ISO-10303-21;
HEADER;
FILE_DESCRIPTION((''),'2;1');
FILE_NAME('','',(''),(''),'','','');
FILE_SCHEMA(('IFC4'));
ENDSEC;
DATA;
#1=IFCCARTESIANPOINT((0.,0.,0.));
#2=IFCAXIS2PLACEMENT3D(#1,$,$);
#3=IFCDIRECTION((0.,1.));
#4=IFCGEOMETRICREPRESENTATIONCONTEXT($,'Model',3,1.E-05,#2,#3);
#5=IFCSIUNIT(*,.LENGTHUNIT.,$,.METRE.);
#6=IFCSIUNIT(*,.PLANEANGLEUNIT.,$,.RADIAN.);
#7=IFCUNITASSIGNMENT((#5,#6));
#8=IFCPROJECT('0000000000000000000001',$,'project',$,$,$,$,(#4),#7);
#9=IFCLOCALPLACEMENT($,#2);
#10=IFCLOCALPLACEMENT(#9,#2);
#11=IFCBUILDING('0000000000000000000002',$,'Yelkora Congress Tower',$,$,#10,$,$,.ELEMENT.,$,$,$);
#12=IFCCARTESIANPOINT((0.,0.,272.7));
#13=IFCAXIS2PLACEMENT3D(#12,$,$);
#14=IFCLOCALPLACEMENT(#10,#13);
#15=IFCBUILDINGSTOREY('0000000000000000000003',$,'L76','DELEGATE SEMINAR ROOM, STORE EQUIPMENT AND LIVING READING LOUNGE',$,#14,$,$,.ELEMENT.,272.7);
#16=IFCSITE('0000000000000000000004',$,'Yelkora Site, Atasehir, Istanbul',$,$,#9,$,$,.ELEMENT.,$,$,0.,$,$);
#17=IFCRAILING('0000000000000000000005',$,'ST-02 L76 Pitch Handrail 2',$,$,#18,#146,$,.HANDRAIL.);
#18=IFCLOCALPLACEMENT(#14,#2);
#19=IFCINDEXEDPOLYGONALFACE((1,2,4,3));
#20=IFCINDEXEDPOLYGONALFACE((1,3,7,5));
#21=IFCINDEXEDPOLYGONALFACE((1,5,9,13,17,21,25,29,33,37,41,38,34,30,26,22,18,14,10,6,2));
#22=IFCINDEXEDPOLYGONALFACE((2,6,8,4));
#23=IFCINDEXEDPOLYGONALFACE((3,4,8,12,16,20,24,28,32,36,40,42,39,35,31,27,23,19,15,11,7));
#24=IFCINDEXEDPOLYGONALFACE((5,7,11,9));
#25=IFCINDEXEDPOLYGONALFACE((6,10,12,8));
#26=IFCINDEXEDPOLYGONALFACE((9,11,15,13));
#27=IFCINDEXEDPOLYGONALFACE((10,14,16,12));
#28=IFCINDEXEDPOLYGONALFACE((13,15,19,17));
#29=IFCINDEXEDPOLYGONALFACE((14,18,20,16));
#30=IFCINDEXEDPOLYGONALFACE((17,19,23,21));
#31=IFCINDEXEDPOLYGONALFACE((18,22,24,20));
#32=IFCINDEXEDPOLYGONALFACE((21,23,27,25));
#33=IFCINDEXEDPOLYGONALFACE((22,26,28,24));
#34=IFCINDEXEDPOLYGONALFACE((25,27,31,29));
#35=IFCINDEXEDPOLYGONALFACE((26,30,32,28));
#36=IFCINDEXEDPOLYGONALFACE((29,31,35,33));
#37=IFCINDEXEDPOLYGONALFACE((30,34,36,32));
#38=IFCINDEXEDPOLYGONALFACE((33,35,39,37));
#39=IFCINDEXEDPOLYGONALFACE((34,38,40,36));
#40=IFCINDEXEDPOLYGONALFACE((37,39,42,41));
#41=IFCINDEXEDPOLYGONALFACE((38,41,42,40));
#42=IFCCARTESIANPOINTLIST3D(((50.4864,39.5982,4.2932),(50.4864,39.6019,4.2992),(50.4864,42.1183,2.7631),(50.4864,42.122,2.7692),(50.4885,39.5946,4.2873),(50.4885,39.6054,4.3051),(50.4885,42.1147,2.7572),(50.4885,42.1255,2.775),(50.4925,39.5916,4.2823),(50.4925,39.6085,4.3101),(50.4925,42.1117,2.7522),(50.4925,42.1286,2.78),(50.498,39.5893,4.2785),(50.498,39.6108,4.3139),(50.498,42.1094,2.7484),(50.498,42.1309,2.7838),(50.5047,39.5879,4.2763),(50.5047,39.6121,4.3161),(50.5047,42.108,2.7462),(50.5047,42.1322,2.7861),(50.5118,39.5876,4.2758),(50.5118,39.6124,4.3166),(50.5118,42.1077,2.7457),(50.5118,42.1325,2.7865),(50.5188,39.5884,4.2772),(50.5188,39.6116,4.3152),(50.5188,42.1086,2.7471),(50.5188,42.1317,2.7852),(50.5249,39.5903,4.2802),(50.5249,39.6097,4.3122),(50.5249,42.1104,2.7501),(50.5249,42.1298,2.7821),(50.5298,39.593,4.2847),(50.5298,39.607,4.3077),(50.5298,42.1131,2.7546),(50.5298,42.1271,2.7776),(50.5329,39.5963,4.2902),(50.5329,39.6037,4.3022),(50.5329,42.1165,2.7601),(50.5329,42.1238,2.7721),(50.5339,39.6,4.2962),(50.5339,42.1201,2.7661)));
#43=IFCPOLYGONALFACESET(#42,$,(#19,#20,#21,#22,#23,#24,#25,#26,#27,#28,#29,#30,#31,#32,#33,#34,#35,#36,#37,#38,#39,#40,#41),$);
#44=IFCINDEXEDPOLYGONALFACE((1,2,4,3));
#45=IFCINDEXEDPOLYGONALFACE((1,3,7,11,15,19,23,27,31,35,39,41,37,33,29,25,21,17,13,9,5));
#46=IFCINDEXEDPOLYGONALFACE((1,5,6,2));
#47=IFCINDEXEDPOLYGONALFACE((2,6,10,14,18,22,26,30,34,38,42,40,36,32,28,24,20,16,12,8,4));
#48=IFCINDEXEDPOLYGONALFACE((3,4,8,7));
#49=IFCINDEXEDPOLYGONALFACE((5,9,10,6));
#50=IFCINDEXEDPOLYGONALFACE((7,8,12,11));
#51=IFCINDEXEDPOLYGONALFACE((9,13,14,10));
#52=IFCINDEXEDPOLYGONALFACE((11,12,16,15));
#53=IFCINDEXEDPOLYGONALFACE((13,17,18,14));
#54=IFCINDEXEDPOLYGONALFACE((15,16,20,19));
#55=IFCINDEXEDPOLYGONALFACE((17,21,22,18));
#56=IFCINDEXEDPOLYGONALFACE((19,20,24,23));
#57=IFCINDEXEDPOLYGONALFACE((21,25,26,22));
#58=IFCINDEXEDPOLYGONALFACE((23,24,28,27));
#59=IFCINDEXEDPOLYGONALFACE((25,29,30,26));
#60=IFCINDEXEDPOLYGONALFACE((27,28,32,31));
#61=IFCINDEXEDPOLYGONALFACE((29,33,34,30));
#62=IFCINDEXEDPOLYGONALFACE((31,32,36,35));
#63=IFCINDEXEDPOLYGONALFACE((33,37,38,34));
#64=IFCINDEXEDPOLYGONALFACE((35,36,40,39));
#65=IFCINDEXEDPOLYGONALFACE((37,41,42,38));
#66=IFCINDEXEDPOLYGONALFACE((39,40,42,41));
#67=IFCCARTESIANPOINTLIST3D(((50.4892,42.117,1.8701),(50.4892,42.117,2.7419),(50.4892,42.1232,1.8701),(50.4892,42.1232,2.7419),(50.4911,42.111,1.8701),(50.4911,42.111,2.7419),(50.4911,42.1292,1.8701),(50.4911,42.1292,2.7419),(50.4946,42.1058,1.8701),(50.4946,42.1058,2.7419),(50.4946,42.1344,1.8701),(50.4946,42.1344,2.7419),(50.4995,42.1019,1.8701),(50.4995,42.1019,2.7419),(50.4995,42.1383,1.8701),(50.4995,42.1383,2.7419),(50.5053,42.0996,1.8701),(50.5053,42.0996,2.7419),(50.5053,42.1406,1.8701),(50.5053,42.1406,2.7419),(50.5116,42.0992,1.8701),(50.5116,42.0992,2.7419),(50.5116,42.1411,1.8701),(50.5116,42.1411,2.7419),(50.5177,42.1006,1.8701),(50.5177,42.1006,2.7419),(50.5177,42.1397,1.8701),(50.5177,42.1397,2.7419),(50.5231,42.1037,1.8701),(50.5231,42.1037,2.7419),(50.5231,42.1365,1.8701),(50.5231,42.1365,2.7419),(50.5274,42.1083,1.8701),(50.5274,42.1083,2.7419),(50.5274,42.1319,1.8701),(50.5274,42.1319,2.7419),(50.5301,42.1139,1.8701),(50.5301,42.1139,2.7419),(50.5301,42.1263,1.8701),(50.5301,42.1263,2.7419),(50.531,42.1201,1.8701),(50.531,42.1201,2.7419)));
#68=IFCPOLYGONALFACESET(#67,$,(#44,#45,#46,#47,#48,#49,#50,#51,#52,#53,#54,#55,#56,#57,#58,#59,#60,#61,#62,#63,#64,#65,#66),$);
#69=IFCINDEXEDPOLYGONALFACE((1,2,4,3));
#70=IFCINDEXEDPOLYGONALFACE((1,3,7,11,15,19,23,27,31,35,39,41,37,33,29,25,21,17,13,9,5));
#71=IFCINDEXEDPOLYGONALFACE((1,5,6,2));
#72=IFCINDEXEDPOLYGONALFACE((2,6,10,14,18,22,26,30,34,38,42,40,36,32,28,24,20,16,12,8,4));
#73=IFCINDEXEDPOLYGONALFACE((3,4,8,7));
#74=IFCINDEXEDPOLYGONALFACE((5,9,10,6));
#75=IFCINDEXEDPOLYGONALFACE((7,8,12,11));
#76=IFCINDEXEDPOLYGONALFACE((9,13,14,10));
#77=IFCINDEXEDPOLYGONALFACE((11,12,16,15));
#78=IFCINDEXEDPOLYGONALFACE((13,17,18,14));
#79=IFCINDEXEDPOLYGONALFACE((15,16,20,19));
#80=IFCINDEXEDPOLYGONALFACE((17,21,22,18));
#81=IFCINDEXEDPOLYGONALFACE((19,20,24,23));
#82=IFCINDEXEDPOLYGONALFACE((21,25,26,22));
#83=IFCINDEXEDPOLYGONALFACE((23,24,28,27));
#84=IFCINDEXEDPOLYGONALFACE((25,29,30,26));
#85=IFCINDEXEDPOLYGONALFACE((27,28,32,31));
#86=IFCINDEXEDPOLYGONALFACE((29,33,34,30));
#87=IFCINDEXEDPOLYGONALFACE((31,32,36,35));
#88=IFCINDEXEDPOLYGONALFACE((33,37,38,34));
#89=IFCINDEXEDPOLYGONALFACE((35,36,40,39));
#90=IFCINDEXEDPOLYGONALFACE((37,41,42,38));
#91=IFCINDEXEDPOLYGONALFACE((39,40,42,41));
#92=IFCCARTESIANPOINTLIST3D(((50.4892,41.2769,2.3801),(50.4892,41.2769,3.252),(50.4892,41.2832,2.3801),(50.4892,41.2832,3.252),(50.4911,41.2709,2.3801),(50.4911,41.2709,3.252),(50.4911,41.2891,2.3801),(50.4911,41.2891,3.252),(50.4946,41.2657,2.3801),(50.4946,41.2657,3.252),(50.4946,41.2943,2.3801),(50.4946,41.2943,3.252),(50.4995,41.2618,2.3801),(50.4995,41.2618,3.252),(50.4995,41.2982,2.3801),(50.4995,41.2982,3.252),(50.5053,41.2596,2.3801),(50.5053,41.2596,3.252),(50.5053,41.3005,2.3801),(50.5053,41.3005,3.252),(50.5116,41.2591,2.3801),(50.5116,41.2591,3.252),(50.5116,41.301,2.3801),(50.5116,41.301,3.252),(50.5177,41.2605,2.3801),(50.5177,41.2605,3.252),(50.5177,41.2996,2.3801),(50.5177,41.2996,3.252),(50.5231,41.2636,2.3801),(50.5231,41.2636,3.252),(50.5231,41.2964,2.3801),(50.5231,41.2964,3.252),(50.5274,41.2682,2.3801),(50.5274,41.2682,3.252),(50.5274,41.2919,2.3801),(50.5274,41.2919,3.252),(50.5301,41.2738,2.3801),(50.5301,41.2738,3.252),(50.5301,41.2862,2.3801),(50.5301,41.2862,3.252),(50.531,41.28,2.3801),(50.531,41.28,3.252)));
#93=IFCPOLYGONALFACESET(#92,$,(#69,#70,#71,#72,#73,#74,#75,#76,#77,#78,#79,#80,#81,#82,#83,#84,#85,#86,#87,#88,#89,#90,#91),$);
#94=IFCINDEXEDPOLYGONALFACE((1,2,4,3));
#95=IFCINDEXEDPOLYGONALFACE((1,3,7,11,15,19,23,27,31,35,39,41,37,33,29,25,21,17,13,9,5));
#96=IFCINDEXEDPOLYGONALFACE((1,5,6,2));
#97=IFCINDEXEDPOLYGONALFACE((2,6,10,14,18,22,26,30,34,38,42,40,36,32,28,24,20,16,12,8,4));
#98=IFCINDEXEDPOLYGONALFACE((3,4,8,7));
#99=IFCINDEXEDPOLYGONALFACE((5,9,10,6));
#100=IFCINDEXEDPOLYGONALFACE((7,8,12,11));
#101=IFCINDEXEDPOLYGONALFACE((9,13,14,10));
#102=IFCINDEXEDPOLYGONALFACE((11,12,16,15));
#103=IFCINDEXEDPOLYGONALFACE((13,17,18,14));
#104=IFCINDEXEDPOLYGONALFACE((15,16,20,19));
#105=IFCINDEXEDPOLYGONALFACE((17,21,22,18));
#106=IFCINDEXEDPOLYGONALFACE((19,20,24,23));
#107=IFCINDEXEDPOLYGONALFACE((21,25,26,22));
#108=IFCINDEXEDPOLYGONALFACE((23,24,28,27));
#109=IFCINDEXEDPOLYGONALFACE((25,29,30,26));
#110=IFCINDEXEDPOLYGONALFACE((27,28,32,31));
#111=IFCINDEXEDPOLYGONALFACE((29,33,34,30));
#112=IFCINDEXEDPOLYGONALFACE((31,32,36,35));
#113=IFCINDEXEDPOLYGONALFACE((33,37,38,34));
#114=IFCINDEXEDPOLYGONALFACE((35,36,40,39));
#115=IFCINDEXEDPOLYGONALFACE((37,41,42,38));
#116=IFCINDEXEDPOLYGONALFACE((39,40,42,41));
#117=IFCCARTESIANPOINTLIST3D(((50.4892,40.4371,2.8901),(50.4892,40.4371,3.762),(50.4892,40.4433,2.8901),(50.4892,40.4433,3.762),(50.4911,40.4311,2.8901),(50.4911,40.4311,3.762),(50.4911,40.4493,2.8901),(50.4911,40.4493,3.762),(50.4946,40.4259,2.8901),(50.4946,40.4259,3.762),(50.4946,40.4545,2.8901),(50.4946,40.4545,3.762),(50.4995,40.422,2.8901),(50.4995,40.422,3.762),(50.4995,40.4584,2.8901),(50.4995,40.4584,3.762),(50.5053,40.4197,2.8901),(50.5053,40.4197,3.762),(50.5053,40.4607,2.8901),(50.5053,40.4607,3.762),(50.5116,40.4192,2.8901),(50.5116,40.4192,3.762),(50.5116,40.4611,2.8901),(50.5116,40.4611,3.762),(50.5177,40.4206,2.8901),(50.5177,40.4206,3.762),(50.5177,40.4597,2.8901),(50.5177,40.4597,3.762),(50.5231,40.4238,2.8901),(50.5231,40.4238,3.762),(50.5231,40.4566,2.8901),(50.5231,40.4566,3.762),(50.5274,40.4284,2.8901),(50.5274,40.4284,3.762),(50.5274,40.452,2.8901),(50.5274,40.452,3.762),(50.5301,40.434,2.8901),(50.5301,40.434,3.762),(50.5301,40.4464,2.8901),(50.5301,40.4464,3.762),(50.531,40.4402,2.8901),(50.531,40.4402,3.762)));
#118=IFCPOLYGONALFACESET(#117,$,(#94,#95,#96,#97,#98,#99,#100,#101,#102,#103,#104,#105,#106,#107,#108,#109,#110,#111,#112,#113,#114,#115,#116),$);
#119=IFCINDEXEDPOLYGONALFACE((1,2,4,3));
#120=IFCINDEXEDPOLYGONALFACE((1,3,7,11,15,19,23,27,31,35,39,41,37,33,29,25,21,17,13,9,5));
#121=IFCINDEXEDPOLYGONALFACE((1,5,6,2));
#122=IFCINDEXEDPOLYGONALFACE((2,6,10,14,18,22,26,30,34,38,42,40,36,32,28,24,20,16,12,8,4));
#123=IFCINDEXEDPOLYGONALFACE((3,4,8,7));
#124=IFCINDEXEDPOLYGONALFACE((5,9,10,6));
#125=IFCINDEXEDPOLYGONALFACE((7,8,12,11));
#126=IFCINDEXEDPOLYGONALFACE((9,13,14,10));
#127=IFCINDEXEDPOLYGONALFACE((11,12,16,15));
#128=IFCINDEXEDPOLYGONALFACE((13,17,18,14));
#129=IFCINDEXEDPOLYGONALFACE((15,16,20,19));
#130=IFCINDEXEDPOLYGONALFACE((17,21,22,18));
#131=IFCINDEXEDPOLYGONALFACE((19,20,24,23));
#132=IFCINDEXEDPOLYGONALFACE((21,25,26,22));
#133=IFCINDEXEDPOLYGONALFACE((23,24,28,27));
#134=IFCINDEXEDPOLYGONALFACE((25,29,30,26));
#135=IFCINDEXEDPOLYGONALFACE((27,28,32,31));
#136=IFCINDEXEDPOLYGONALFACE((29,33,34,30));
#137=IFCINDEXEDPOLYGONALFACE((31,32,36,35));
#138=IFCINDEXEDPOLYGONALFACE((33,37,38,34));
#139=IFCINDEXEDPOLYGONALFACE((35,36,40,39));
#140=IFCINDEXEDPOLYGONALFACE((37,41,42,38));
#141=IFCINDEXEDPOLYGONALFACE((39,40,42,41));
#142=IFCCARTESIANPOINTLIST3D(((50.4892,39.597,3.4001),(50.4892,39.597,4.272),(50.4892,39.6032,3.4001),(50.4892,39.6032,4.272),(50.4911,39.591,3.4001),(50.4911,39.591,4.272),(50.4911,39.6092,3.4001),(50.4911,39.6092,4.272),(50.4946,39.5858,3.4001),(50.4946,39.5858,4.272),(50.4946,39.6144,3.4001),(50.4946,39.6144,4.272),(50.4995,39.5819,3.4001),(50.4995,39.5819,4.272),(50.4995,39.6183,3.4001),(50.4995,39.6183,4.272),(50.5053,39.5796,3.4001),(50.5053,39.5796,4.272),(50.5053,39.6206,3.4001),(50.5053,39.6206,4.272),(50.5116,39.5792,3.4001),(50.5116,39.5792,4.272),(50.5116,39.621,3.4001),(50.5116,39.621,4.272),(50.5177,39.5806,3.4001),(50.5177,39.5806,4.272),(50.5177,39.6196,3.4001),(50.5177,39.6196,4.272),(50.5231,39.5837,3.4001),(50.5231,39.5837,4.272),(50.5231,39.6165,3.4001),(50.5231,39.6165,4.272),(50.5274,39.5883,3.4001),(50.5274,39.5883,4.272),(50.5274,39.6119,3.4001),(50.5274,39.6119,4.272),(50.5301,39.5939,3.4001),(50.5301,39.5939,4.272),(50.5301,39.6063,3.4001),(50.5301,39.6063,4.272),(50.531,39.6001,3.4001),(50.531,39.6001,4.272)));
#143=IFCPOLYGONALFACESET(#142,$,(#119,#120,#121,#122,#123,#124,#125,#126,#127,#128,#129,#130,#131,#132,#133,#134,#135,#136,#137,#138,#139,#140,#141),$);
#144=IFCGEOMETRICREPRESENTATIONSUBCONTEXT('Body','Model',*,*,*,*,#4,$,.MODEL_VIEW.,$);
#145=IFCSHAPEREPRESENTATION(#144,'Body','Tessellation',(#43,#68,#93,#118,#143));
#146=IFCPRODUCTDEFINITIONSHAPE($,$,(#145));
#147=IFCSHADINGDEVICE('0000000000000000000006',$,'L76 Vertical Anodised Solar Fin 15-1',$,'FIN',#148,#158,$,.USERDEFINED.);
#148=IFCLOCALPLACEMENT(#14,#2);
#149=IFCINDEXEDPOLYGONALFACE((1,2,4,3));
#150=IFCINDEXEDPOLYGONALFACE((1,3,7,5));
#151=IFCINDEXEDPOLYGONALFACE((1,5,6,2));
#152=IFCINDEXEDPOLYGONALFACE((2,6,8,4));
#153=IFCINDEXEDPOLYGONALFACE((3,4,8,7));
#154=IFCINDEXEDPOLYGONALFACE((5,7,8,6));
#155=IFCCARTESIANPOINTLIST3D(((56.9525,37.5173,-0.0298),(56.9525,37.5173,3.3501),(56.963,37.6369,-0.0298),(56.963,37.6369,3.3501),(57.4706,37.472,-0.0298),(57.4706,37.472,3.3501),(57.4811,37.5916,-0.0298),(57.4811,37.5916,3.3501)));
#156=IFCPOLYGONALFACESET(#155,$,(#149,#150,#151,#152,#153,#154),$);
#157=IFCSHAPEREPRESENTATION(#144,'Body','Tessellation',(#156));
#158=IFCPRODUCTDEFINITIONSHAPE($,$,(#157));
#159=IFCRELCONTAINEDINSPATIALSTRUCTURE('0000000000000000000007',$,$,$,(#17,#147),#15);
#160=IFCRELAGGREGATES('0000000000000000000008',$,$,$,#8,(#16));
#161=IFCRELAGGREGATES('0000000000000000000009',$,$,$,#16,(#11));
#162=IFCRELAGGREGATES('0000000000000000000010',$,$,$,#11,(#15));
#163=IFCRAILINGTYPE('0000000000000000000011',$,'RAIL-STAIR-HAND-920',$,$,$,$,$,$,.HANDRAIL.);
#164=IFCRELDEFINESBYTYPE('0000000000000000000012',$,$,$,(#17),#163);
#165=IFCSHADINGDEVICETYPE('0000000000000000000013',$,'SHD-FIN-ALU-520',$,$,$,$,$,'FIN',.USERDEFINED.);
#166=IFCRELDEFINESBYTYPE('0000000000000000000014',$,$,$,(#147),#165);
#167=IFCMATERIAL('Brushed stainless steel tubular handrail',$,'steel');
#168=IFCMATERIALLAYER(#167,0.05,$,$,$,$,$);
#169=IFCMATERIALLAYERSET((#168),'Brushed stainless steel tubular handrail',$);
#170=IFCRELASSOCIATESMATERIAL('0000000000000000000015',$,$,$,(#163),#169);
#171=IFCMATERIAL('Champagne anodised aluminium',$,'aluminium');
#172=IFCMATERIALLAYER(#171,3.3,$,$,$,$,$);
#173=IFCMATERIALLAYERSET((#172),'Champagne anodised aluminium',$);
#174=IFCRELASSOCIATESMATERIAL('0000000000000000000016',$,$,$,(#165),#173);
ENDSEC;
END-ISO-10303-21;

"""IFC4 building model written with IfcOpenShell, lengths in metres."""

from ifc_helpers import new_model, si_unit, direction, frame, origin, origin_2d, place, context, subcontext, project, spatial, rectangle, circle, extrude, material, layer, layer_set, type_object, element, save


model = new_model("IFC4")

# Units and contexts
model_context = context("Model", 3, precision=1e-05, world=origin(), true_north=direction((0.0, 1.0)))
body_context = subcontext(model_context, "Body", "Model", "MODEL_VIEW")
ifc_project = project(units=[si_unit("LENGTHUNIT", "METRE"), si_unit("PLANEANGLEUNIT", "RADIAN")], contexts=[model_context])

# Site, building, storey
site_placement = place(None, origin())
site = spatial("IfcSite", under=ifc_project, at=site_placement, Name="Yelkora Site, Atasehir, Istanbul", CompositionType="ELEMENT", RefElevation=0.0)
building_placement = place(site_placement, origin())
building = spatial("IfcBuilding", under=site, at=building_placement, Name="Yelkora Congress Tower", CompositionType="ELEMENT")
storey_placement = place(building_placement, frame((0.0, 0.0, 272.7)))
storey = spatial("IfcBuildingStorey", under=building, at=storey_placement, Name="L76", Description="DELEGATE SEMINAR ROOM, STORE EQUIPMENT AND LIVING READING LOUNGE", CompositionType="ELEMENT", Elevation=272.7)

# Railing
ifc_material_1 = material(Name="Brushed stainless steel tubular handrail", Category="steel")
ifc_layer_1 = layer(ifc_material_1, 0.05)
ifc_layer_set_1 = layer_set([ifc_layer_1], Name="Brushed stainless steel tubular handrail")
railing_type_1 = type_object("IfcRailingType", Name="RAIL-STAIR-HAND-920", PredefinedType="HANDRAIL", material=ifc_layer_set_1)
railing_1_placement = place(storey_placement, frame((50.51, 42.1201, 1.8701)))
element("IfcRailing", 1, at=railing_1_placement, inside=storey, type_object=railing_type_1, Name="ST-02 L76 Pitch Handrail 2", PredefinedType="HANDRAIL", context=body_context, shape_type="SweptSolid", body=[
    extrude(circle(Radius=0.0239, at=origin_2d()), frame((0.0, 0.0, 0.896), z_axis=(0.0, -0.854785, 0.518982), x_axis=(1.0, 0.0, 0.0)), (0.0, 0.0, 1.0), 2.9482),
    extrude(circle(Radius=0.021, at=origin_2d()), origin(), (0.0, 0.0, 1.0), 0.8718),
    extrude(circle(Radius=0.021, at=origin_2d()), frame((0.0, -0.8401, 0.51)), (0.0, 0.0, 1.0), 0.8718),
    extrude(circle(Radius=0.021, at=origin_2d()), frame((0.0, -1.6799, 1.02)), (0.0, 0.0, 1.0), 0.8718),
    extrude(circle(Radius=0.021, at=origin_2d()), frame((0.0, -2.52, 1.53)), (0.0, 0.0, 1.0), 0.8718),
])

# Shading device
ifc_material_2 = material(Name="Champagne anodised aluminium", Category="aluminium")
ifc_layer_2 = layer(ifc_material_2, 3.3)
ifc_layer_set_2 = layer_set([ifc_layer_2], Name="Champagne anodised aluminium")
shading_device_type = type_object("IfcShadingDeviceType", Name="SHD-FIN-ALU-520", ElementType="FIN", PredefinedType="USERDEFINED", material=ifc_layer_set_2)
shading_device_placement = place(storey_placement, frame((57.2168, 37.5544, -0.0298), z_axis=(0.0, 0.0, 1.0), x_axis=(-0.087156, -0.996195, 0.0)))
element("IfcShadingDevice", 2, at=shading_device_placement, inside=storey, type_object=shading_device_type, Name="L76 Vertical Anodised Solar Fin 15-1", ObjectType="FIN", PredefinedType="USERDEFINED", context=body_context, shape_type="SweptSolid", body=[
    extrude(rectangle(XDim=0.1201, YDim=0.52, at=origin_2d()), origin(), (0.0, 0.0, 1.0), 3.3799),
])

save(model, "model.ifc")
